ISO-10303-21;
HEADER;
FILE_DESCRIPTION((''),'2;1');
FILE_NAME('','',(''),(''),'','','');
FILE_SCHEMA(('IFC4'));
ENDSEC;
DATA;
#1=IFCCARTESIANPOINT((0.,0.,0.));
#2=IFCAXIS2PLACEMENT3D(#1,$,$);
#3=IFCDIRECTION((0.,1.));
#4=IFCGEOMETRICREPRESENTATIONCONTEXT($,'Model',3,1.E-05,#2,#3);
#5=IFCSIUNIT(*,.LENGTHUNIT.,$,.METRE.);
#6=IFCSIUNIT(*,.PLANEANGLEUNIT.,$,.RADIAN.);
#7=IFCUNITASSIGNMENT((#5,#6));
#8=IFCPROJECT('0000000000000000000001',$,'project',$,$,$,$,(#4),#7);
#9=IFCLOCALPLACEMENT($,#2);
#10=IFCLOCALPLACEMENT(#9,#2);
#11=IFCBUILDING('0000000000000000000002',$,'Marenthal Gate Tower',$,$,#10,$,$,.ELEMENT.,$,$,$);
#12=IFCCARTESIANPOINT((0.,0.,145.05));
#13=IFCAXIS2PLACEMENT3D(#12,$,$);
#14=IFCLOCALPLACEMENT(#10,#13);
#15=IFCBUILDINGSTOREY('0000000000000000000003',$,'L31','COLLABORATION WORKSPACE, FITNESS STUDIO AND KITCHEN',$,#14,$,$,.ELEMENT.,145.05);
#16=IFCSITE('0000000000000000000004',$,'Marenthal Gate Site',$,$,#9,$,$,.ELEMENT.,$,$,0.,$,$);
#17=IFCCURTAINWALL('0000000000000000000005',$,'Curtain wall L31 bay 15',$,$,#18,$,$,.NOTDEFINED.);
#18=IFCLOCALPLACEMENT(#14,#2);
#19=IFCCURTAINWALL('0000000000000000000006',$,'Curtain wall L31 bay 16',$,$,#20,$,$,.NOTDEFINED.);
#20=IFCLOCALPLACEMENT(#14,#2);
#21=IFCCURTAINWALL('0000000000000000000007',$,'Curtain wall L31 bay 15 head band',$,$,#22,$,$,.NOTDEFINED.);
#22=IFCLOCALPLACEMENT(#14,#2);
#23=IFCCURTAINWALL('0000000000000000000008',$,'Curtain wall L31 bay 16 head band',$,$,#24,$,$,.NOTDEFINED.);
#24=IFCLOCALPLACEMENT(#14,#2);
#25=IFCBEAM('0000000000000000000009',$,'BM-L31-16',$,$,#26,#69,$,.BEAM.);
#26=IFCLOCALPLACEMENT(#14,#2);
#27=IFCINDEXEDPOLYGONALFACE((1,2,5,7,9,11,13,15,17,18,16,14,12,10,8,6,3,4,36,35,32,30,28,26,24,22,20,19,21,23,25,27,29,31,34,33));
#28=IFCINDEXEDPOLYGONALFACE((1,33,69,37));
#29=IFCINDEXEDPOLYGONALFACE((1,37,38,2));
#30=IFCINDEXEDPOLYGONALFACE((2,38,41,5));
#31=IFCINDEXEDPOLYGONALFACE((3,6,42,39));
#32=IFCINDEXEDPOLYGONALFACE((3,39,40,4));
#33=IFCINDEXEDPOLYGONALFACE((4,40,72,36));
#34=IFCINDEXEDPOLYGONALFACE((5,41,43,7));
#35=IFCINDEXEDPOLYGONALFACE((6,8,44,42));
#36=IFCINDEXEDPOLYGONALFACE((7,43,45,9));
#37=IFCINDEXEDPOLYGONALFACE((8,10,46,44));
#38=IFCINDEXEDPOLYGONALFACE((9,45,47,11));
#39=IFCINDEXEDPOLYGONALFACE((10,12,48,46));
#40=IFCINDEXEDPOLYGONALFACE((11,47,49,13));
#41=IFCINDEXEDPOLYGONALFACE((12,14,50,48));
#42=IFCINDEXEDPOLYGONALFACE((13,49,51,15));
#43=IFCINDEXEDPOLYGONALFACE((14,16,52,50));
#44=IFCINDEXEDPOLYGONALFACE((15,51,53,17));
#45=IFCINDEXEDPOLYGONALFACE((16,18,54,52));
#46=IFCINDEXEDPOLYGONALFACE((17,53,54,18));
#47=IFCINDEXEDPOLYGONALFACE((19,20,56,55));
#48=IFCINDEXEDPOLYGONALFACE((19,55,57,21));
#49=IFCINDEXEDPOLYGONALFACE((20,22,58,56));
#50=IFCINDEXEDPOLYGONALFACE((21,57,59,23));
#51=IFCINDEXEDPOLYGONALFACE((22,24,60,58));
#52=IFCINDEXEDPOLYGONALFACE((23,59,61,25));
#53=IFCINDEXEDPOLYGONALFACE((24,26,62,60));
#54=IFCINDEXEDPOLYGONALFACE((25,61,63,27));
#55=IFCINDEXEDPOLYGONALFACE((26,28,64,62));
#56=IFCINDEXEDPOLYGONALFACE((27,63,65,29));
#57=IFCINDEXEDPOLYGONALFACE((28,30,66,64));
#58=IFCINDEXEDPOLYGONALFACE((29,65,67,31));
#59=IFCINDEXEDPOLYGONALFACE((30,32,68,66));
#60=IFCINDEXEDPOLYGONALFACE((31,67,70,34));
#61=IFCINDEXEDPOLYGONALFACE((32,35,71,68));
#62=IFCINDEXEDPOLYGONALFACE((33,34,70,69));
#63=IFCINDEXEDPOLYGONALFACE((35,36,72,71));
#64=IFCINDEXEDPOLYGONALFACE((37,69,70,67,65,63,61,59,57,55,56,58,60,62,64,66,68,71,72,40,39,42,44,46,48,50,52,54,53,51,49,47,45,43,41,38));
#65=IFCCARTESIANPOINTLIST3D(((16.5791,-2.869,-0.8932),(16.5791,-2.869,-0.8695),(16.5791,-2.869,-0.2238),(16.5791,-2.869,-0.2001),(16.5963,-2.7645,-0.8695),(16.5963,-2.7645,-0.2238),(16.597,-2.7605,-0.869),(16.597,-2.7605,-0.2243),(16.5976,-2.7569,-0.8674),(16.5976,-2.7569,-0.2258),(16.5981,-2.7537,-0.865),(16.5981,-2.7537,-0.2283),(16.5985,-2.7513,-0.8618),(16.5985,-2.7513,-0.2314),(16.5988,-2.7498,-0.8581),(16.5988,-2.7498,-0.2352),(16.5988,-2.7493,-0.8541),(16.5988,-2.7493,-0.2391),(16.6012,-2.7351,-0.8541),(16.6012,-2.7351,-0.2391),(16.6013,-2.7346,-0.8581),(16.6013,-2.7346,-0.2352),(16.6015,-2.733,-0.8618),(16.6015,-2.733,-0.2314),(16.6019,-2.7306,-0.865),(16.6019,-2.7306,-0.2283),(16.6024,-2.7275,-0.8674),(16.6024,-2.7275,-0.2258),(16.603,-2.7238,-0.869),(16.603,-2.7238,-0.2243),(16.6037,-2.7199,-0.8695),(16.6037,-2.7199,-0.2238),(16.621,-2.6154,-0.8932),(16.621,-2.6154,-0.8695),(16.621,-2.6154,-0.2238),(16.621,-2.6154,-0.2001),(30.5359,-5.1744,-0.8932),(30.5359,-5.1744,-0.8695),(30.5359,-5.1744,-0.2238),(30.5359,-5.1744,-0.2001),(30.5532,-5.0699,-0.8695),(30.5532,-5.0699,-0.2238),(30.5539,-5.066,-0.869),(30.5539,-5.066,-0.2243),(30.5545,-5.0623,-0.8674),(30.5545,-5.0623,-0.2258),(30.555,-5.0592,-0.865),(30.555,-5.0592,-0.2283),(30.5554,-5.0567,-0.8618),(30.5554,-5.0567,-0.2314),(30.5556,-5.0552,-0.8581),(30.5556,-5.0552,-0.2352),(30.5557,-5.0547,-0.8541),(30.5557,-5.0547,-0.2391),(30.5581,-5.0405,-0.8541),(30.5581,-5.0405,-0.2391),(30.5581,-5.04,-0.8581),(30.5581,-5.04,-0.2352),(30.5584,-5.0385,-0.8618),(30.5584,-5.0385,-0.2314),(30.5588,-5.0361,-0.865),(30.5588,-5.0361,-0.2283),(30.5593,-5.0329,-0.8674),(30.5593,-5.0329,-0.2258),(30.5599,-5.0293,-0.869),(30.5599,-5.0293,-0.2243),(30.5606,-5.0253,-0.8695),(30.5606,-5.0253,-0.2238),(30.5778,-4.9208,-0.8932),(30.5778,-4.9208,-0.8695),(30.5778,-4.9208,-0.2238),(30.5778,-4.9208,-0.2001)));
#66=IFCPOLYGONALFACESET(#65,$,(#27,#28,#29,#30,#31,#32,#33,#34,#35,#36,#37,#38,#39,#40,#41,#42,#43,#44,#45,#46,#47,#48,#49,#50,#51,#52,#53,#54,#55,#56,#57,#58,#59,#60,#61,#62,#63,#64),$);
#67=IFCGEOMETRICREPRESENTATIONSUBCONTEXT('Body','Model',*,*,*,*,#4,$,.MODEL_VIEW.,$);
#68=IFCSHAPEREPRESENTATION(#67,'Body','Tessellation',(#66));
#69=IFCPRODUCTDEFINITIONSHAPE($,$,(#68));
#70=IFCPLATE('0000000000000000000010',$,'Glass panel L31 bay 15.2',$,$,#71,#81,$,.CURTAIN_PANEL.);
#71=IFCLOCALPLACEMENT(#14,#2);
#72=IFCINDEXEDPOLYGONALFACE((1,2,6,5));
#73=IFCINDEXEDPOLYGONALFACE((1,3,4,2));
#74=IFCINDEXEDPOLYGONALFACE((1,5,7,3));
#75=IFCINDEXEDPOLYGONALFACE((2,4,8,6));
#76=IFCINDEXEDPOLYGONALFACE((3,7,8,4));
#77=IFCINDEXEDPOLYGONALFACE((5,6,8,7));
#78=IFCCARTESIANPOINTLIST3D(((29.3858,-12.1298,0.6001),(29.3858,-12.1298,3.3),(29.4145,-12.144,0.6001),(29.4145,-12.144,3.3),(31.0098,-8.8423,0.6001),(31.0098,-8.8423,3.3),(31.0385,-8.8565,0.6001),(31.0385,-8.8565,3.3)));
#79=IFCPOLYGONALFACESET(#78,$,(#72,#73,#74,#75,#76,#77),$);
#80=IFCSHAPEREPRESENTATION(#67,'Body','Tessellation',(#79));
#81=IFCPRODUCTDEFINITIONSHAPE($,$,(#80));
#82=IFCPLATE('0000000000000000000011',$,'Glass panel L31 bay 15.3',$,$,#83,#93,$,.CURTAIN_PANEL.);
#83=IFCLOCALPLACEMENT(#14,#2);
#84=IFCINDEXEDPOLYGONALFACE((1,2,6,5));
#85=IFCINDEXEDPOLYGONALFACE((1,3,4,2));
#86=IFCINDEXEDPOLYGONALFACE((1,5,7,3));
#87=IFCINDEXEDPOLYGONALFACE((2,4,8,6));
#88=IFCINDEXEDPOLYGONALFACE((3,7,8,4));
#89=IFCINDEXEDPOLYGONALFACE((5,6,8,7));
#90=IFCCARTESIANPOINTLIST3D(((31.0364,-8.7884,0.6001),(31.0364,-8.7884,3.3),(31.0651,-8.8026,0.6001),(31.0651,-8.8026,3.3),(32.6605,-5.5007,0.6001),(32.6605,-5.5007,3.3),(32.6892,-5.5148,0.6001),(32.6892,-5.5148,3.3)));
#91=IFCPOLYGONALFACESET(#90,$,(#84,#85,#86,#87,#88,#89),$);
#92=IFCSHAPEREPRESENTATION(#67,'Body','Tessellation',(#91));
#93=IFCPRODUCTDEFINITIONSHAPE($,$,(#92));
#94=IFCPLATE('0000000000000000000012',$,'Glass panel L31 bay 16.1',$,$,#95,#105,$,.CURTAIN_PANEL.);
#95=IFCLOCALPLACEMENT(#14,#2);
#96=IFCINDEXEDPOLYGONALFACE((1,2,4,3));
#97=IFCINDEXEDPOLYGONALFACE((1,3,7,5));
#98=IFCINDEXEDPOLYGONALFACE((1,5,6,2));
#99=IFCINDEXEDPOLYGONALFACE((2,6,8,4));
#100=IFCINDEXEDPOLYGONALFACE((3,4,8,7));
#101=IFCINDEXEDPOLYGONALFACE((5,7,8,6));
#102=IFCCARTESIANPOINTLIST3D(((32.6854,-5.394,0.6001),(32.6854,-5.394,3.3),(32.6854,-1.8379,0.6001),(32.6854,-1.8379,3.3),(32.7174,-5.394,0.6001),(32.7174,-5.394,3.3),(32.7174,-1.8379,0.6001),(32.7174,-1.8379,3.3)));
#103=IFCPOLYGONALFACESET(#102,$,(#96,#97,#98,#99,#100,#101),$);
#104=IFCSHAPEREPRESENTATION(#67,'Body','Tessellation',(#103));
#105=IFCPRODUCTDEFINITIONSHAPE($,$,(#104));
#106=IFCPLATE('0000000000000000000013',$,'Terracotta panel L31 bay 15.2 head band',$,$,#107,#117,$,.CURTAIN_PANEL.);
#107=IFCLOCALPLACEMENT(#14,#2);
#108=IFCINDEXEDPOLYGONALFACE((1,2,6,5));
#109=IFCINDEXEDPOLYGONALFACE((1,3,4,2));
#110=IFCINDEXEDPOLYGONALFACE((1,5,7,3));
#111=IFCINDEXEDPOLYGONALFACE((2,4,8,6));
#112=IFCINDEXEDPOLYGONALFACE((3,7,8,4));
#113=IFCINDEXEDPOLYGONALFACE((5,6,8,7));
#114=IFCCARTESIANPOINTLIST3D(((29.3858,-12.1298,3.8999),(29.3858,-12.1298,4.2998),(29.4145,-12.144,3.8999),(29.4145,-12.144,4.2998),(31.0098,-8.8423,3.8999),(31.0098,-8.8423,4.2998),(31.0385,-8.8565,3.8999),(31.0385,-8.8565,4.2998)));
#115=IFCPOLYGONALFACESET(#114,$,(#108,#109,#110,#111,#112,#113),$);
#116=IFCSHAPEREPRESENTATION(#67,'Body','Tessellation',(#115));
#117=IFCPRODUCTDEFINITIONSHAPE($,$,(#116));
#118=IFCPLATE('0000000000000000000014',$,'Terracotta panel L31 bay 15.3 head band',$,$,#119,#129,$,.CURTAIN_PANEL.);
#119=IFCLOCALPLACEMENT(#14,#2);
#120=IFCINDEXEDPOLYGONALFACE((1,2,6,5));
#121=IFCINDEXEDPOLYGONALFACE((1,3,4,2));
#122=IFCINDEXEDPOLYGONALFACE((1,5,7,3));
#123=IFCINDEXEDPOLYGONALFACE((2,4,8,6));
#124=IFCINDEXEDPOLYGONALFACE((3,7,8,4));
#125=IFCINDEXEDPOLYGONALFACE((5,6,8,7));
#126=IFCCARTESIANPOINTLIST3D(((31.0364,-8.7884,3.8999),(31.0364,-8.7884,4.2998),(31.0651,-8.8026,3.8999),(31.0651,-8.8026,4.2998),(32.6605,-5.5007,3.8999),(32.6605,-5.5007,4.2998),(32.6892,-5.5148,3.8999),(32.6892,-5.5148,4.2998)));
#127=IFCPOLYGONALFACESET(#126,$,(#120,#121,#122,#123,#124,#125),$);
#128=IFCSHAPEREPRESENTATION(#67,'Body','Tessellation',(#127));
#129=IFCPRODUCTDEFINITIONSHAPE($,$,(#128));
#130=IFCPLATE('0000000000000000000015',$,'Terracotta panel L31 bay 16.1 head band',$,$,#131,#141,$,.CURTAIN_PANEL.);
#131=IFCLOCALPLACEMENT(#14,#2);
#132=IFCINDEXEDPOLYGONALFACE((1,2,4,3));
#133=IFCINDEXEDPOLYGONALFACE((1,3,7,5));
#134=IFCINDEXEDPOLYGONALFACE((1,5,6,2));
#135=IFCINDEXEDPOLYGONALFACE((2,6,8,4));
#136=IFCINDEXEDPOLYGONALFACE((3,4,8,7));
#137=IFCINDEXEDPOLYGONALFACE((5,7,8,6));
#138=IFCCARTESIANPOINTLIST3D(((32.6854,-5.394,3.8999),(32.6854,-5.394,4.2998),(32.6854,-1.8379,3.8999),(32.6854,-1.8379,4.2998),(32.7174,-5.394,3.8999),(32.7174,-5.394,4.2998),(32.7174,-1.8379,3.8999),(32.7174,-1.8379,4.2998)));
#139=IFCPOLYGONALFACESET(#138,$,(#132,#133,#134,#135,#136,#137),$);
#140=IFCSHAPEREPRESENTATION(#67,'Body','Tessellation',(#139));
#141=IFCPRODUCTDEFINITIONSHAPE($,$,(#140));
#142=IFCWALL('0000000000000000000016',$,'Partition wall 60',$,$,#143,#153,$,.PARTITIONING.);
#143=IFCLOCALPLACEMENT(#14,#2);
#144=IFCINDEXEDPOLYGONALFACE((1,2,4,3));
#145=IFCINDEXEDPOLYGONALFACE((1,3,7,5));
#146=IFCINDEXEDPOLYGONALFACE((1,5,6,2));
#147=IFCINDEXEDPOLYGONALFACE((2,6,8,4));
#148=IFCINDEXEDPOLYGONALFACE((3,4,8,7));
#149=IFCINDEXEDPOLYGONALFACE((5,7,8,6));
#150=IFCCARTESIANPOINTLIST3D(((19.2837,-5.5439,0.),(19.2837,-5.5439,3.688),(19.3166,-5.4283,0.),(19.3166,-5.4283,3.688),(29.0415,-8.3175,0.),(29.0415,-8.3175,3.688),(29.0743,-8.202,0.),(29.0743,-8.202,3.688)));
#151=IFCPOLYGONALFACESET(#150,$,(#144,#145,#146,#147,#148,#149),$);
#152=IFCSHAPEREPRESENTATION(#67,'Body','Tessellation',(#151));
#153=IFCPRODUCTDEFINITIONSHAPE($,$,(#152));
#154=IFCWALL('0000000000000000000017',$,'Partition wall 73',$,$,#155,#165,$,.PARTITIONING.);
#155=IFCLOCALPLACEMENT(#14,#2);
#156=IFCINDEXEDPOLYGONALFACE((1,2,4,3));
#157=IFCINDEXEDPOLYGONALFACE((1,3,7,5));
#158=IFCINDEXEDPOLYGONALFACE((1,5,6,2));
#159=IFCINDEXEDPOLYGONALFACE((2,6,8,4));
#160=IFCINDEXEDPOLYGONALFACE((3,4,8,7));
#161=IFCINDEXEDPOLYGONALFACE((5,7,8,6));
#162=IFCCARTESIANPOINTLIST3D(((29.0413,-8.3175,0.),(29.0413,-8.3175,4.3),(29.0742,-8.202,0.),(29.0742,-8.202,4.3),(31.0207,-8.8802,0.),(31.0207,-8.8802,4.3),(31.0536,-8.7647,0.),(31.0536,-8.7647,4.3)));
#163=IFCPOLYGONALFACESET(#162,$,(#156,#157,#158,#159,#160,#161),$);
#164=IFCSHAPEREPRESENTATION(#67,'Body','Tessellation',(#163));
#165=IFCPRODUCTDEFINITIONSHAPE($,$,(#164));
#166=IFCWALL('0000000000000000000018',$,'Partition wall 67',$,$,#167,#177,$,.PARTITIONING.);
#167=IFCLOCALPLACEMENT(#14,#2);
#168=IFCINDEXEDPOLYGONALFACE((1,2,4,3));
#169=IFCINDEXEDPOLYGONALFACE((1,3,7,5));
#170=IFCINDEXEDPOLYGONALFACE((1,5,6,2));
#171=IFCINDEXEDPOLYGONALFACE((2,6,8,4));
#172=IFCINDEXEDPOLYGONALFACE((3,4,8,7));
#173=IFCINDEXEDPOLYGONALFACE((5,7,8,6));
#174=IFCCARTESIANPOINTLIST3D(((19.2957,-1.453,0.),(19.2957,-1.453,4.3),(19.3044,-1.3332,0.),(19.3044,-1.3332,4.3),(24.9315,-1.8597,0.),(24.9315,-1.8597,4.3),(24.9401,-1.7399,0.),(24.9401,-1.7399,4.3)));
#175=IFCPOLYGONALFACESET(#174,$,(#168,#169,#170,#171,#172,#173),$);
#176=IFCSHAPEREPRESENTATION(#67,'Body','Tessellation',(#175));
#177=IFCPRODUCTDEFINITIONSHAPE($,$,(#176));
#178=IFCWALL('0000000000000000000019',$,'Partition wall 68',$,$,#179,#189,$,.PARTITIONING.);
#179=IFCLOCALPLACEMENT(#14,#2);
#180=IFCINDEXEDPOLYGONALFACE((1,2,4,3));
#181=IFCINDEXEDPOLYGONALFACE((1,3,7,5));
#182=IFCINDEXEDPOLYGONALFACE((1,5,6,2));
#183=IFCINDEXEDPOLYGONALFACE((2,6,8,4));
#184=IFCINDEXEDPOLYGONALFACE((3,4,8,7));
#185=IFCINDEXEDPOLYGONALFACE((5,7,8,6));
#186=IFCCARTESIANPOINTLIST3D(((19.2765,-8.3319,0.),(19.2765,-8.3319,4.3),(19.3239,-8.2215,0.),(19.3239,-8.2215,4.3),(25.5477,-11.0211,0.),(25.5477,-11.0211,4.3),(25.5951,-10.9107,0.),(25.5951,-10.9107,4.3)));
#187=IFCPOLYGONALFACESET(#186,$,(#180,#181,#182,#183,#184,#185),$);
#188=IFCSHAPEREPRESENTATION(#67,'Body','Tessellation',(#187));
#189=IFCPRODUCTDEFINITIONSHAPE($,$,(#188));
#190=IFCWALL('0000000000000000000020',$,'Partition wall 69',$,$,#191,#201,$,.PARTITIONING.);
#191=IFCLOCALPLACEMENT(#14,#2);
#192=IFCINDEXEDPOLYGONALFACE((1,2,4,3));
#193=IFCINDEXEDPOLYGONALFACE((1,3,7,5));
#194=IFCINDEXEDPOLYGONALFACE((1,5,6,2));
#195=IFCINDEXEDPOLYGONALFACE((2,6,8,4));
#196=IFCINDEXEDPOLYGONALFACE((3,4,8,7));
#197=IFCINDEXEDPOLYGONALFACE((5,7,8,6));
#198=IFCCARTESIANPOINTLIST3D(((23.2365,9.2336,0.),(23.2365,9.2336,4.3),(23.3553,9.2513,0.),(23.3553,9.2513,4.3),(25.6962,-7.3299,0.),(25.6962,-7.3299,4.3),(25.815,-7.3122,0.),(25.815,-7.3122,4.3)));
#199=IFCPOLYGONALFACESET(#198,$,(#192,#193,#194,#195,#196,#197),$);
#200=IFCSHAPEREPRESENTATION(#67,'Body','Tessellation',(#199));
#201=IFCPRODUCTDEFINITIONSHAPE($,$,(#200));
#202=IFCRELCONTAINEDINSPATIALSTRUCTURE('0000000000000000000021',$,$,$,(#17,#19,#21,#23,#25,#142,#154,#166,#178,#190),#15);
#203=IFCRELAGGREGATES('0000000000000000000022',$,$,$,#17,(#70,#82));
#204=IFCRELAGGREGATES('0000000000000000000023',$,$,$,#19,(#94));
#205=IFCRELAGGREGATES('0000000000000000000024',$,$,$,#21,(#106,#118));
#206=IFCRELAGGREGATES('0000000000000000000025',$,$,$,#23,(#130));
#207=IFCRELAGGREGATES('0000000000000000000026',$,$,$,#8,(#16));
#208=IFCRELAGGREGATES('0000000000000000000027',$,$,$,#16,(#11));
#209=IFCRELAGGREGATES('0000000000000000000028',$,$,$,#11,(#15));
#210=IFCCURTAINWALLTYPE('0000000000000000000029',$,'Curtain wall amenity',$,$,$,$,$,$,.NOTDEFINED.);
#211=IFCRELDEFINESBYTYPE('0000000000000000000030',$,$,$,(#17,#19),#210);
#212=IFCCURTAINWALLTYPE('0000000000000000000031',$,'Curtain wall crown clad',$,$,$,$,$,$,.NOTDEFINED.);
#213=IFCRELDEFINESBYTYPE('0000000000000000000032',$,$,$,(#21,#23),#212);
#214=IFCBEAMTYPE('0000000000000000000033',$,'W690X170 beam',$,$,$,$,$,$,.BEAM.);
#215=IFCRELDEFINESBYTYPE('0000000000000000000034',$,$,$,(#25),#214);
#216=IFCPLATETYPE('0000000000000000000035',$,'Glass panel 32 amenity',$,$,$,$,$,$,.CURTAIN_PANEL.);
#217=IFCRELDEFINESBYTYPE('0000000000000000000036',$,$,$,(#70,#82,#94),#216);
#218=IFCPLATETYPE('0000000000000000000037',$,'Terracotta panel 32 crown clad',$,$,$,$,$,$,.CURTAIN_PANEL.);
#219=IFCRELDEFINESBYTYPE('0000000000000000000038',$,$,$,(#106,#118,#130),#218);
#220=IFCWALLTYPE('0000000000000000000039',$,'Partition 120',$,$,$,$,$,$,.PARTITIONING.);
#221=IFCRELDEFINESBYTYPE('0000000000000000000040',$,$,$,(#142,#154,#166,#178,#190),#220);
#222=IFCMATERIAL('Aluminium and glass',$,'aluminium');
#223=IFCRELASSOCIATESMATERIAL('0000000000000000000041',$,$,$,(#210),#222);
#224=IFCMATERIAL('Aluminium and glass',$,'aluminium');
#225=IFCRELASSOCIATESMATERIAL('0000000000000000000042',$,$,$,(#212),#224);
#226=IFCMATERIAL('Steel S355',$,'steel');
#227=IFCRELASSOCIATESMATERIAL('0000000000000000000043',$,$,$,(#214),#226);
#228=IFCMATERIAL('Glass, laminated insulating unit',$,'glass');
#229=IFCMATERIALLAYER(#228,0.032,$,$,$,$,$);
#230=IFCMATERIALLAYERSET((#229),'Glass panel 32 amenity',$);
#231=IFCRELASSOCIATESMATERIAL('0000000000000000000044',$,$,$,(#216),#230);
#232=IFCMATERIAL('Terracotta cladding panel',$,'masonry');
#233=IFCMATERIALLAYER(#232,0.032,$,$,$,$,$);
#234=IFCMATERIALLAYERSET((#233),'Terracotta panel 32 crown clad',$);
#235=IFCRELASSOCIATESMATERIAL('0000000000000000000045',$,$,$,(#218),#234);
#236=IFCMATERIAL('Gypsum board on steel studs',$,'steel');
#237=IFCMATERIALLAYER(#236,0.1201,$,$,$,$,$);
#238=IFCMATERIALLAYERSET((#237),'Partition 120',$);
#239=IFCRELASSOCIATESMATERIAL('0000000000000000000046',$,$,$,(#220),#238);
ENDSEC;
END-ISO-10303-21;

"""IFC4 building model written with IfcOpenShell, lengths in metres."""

from ifc_helpers import new_model, si_unit, direction, frame, frame_2d, origin, origin_2d, place, context, subcontext, project, spatial, rectangle, i_section, extrude, material, layer, layer_set, material_profile, profile_set, type_object, element, aggregate, save


model = new_model("IFC4")

# Units and contexts
model_context = context("Model", 3, precision=1e-05, world=origin(), true_north=direction((0.0, 1.0)))
body_context = subcontext(model_context, "Body", "Model", "MODEL_VIEW")
ifc_project = project(units=[si_unit("LENGTHUNIT", "METRE"), si_unit("PLANEANGLEUNIT", "RADIAN")], contexts=[model_context])

# Site, building, storey
site_placement = place(None, origin())
site = spatial("IfcSite", under=ifc_project, at=site_placement, Name="Marenthal Gate Site", CompositionType="ELEMENT", RefElevation=0.0)
building_placement = place(site_placement, origin())
building = spatial("IfcBuilding", under=site, at=building_placement, Name="Marenthal Gate Tower", CompositionType="ELEMENT")
storey_placement = place(building_placement, frame((0.0, 0.0, 145.05)))
storey = spatial("IfcBuildingStorey", under=building, at=storey_placement, Name="L31", Description="COLLABORATION WORKSPACE, FITNESS STUDIO AND KITCHEN", CompositionType="ELEMENT", Elevation=145.05)

# Curtain walls
ifc_material_1 = material(Name="Aluminium and glass", Category="aluminium")
curtain_wall_type_1 = type_object("IfcCurtainWallType", Name="Curtain wall amenity", PredefinedType="NOTDEFINED", material=ifc_material_1)
curtain_wall_1_placement = place(storey_placement, origin())
curtain_wall_1 = element("IfcCurtainWall", 1, at=curtain_wall_1_placement, inside=storey, type_object=curtain_wall_type_1, Name="Curtain wall L31 bay 15", PredefinedType="NOTDEFINED")
curtain_wall_2_placement = place(storey_placement, origin())
curtain_wall_2 = element("IfcCurtainWall", 2, at=curtain_wall_2_placement, inside=storey, type_object=curtain_wall_type_1, Name="Curtain wall L31 bay 16", PredefinedType="NOTDEFINED")
ifc_material_2 = material(Name="Aluminium and glass", Category="aluminium")
curtain_wall_type_2 = type_object("IfcCurtainWallType", Name="Curtain wall crown clad", PredefinedType="NOTDEFINED", material=ifc_material_2)
curtain_wall_3_placement = place(storey_placement, origin())
curtain_wall_3 = element("IfcCurtainWall", 3, at=curtain_wall_3_placement, inside=storey, type_object=curtain_wall_type_2, Name="Curtain wall L31 bay 15 head band", PredefinedType="NOTDEFINED")
curtain_wall_4_placement = place(storey_placement, origin())
curtain_wall_4 = element("IfcCurtainWall", 4, at=curtain_wall_4_placement, inside=storey, type_object=curtain_wall_type_2, Name="Curtain wall L31 bay 16 head band", PredefinedType="NOTDEFINED")

# Beam
ifc_material_3 = material(Name="Steel S355", Category="steel")
ifc_material_profile_1 = material_profile(ifc_material_3, i_section(OverallWidth=0.2571, OverallDepth=0.6931, WebThickness=0.0144, FlangeThickness=0.0237, FilletRadius=0.0154, at=origin_2d()), Name="W690X170")
ifc_profile_set_1 = profile_set([ifc_material_profile_1], Name="Steel S355")
beam_type_1 = type_object("IfcBeamType", Name="W690X170 beam", PredefinedType="BEAM", material=ifc_profile_set_1)
beam_1_placement = place(storey_placement, frame((30.5569, -5.0476, -0.5466), z_axis=(-0.98663, 0.162974, 0.0), x_axis=(-0.162974, -0.98663, 0.0)))
element("IfcBeam", 5, at=beam_1_placement, inside=storey, type_object=beam_type_1, Name="BM-L31-16", PredefinedType="BEAM", context=body_context, shape_type="SweptSolid", body=[
    extrude(i_section(OverallWidth=0.2571, OverallDepth=0.6931, WebThickness=0.0144, FlangeThickness=0.0237, FilletRadius=0.0154, at=origin_2d()), origin(), (0.0, 0.0, 1.0), 14.146),
])

# Plates
ifc_material_4 = material(Name="Glass, laminated insulating unit", Category="glass")
ifc_layer_1 = layer(ifc_material_4, 0.032)
ifc_layer_set_1 = layer_set([ifc_layer_1], Name="Glass panel 32 amenity")
plate_type_1 = type_object("IfcPlateType", Name="Glass panel 32 amenity", PredefinedType="CURTAIN_PANEL", material=ifc_layer_set_1)
plate_1_placement = place(storey_placement, frame((30.2122, -10.4932, 0.6001), z_axis=(0.0, 0.0, 1.0), x_axis=(0.442895, 0.896573, 0.0)))
plate_1 = element("IfcPlate", 6, at=plate_1_placement, type_object=plate_type_1, Name="Glass panel L31 bay 15.2", PredefinedType="CURTAIN_PANEL", context=body_context, shape_type="SweptSolid", body=[
    extrude(rectangle(XDim=3.6667, YDim=0.032, at=origin_2d()), origin(), (0.0, 0.0, 1.0), 2.7),
])
plate_2_placement = place(storey_placement, frame((31.8628, -7.1516, 0.6001), z_axis=(0.0, 0.0, 1.0), x_axis=(0.442895, 0.896573, 0.0)))
plate_2 = element("IfcPlate", 7, at=plate_2_placement, type_object=plate_type_1, Name="Glass panel L31 bay 15.3", PredefinedType="CURTAIN_PANEL", context=body_context, shape_type="SweptSolid", body=[
    extrude(rectangle(XDim=3.667, YDim=0.032, at=origin_2d()), origin(), (0.0, 0.0, 1.0), 2.7),
])
aggregate(curtain_wall_1, [plate_1, plate_2])
plate_3_placement = place(storey_placement, frame((32.7014, -3.616, 0.6001), z_axis=(0.0, 0.0, 1.0), x_axis=(0.0, 1.0, 0.0)))
plate_3 = element("IfcPlate", 8, at=plate_3_placement, type_object=plate_type_1, Name="Glass panel L31 bay 16.1", PredefinedType="CURTAIN_PANEL", context=body_context, shape_type="SweptSolid", body=[
    extrude(rectangle(XDim=3.5562, YDim=0.032, at=origin_2d()), origin(), (0.0, 0.0, 1.0), 2.7),
])
aggregate(curtain_wall_2, [plate_3])
ifc_material_5 = material(Name="Terracotta cladding panel", Category="masonry")
ifc_layer_2 = layer(ifc_material_5, 0.032)
ifc_layer_set_2 = layer_set([ifc_layer_2], Name="Terracotta panel 32 crown clad")
plate_type_2 = type_object("IfcPlateType", Name="Terracotta panel 32 crown clad", PredefinedType="CURTAIN_PANEL", material=ifc_layer_set_2)
plate_4_placement = place(storey_placement, frame((30.2122, -10.4932, 3.8999), z_axis=(0.0, 0.0, 1.0), x_axis=(0.442895, 0.896573, 0.0)))
plate_4 = element("IfcPlate", 9, at=plate_4_placement, type_object=plate_type_2, Name="Terracotta panel L31 bay 15.2 head band", PredefinedType="CURTAIN_PANEL", context=body_context, shape_type="SweptSolid", body=[
    extrude(rectangle(XDim=3.6667, YDim=0.032, at=origin_2d()), origin(), (0.0, 0.0, 1.0), 0.3999),
])
plate_5_placement = place(storey_placement, frame((31.8628, -7.1516, 3.8999), z_axis=(0.0, 0.0, 1.0), x_axis=(0.442895, 0.896573, 0.0)))
plate_5 = element("IfcPlate", 10, at=plate_5_placement, type_object=plate_type_2, Name="Terracotta panel L31 bay 15.3 head band", PredefinedType="CURTAIN_PANEL", context=body_context, shape_type="SweptSolid", body=[
    extrude(rectangle(XDim=3.667, YDim=0.032, at=origin_2d()), origin(), (0.0, 0.0, 1.0), 0.3999),
])
aggregate(curtain_wall_3, [plate_4, plate_5])
plate_6_placement = place(storey_placement, frame((32.7014, -3.616, 3.8999), z_axis=(0.0, 0.0, 1.0), x_axis=(0.0, 1.0, 0.0)))
plate_6 = element("IfcPlate", 11, at=plate_6_placement, type_object=plate_type_2, Name="Terracotta panel L31 bay 16.1 head band", PredefinedType="CURTAIN_PANEL", context=body_context, shape_type="SweptSolid", body=[
    extrude(rectangle(XDim=3.5562, YDim=0.032, at=origin_2d()), origin(), (0.0, 0.0, 1.0), 0.3999),
])
aggregate(curtain_wall_4, [plate_6])

# Walls
ifc_material_6 = material(Name="Gypsum board on steel studs", Category="steel")
ifc_layer_3 = layer(ifc_material_6, 0.1201)
ifc_layer_set_3 = layer_set([ifc_layer_3], Name="Partition 120")
wall_type = type_object("IfcWallType", Name="Partition 120", PredefinedType="PARTITIONING", material=ifc_layer_set_3)
wall_1_placement = place(storey_placement, frame((19.3, -5.4861, 0.0), z_axis=(0.0, 0.0, 1.0), x_axis=(0.961895, -0.273421, 0.0)))
element("IfcWall", 12, at=wall_1_placement, inside=storey, type_object=wall_type, Name="Partition wall 60", PredefinedType="PARTITIONING", context=body_context, shape_type="SweptSolid", body=[
    extrude(rectangle(XDim=10.1443, YDim=0.1201, at=frame_2d((5.0723, 0.0))), origin(), (0.0, 0.0, 1.0), 3.688),
])
wall_2_placement = place(storey_placement, frame((29.0579, -8.2598, 0.0), z_axis=(0.0, 0.0, 1.0), x_axis=(0.961886, -0.273452, 0.0)))
element("IfcWall", 13, at=wall_2_placement, inside=storey, type_object=wall_type, Name="Partition wall 73", PredefinedType="PARTITIONING", context=body_context, shape_type="SweptSolid", body=[
    extrude(rectangle(XDim=2.0579, YDim=0.1201, at=frame_2d((1.0288, 0.0))), origin(), (0.0, 0.0, 1.0), 4.3),
])
wall_3_placement = place(storey_placement, frame((24.9358, -1.7998, 0.0), z_axis=(0.0, 0.0, 1.0), x_axis=(-0.997406, 0.071984, 0.0)))
element("IfcWall", 14, at=wall_3_placement, inside=storey, type_object=wall_type, Name="Partition wall 67", PredefinedType="PARTITIONING", context=body_context, shape_type="SweptSolid", body=[
    extrude(rectangle(XDim=5.6504, YDim=0.1201, at=frame_2d((2.8252, 0.0))), origin(), (0.0, 0.0, 1.0), 4.3),
])
wall_4_placement = place(storey_placement, frame((25.5713, -10.9658, 0.0), z_axis=(0.0, 0.0, 1.0), x_axis=(-0.919064, 0.394109, 0.0)))
element("IfcWall", 15, at=wall_4_placement, inside=storey, type_object=wall_type, Name="Partition wall 68", PredefinedType="PARTITIONING", context=body_context, shape_type="SweptSolid", body=[
    extrude(rectangle(XDim=6.8235, YDim=0.1201, at=frame_2d((3.4116, 0.0))), origin(), (0.0, 0.0, 1.0), 4.3),
])
wall_5_placement = place(storey_placement, frame((25.7556, -7.321, 0.0), z_axis=(0.0, 0.0, 1.0), x_axis=(-0.146892, 0.989153, 0.0)))
element("IfcWall", 16, at=wall_5_placement, inside=storey, type_object=wall_type, Name="Partition wall 69", PredefinedType="PARTITIONING", context=body_context, shape_type="SweptSolid", body=[
    extrude(rectangle(XDim=16.7451, YDim=0.1201, at=frame_2d((8.3726, 0.0))), origin(), (0.0, 0.0, 1.0), 4.3),
])

save(model, "model.ifc")
